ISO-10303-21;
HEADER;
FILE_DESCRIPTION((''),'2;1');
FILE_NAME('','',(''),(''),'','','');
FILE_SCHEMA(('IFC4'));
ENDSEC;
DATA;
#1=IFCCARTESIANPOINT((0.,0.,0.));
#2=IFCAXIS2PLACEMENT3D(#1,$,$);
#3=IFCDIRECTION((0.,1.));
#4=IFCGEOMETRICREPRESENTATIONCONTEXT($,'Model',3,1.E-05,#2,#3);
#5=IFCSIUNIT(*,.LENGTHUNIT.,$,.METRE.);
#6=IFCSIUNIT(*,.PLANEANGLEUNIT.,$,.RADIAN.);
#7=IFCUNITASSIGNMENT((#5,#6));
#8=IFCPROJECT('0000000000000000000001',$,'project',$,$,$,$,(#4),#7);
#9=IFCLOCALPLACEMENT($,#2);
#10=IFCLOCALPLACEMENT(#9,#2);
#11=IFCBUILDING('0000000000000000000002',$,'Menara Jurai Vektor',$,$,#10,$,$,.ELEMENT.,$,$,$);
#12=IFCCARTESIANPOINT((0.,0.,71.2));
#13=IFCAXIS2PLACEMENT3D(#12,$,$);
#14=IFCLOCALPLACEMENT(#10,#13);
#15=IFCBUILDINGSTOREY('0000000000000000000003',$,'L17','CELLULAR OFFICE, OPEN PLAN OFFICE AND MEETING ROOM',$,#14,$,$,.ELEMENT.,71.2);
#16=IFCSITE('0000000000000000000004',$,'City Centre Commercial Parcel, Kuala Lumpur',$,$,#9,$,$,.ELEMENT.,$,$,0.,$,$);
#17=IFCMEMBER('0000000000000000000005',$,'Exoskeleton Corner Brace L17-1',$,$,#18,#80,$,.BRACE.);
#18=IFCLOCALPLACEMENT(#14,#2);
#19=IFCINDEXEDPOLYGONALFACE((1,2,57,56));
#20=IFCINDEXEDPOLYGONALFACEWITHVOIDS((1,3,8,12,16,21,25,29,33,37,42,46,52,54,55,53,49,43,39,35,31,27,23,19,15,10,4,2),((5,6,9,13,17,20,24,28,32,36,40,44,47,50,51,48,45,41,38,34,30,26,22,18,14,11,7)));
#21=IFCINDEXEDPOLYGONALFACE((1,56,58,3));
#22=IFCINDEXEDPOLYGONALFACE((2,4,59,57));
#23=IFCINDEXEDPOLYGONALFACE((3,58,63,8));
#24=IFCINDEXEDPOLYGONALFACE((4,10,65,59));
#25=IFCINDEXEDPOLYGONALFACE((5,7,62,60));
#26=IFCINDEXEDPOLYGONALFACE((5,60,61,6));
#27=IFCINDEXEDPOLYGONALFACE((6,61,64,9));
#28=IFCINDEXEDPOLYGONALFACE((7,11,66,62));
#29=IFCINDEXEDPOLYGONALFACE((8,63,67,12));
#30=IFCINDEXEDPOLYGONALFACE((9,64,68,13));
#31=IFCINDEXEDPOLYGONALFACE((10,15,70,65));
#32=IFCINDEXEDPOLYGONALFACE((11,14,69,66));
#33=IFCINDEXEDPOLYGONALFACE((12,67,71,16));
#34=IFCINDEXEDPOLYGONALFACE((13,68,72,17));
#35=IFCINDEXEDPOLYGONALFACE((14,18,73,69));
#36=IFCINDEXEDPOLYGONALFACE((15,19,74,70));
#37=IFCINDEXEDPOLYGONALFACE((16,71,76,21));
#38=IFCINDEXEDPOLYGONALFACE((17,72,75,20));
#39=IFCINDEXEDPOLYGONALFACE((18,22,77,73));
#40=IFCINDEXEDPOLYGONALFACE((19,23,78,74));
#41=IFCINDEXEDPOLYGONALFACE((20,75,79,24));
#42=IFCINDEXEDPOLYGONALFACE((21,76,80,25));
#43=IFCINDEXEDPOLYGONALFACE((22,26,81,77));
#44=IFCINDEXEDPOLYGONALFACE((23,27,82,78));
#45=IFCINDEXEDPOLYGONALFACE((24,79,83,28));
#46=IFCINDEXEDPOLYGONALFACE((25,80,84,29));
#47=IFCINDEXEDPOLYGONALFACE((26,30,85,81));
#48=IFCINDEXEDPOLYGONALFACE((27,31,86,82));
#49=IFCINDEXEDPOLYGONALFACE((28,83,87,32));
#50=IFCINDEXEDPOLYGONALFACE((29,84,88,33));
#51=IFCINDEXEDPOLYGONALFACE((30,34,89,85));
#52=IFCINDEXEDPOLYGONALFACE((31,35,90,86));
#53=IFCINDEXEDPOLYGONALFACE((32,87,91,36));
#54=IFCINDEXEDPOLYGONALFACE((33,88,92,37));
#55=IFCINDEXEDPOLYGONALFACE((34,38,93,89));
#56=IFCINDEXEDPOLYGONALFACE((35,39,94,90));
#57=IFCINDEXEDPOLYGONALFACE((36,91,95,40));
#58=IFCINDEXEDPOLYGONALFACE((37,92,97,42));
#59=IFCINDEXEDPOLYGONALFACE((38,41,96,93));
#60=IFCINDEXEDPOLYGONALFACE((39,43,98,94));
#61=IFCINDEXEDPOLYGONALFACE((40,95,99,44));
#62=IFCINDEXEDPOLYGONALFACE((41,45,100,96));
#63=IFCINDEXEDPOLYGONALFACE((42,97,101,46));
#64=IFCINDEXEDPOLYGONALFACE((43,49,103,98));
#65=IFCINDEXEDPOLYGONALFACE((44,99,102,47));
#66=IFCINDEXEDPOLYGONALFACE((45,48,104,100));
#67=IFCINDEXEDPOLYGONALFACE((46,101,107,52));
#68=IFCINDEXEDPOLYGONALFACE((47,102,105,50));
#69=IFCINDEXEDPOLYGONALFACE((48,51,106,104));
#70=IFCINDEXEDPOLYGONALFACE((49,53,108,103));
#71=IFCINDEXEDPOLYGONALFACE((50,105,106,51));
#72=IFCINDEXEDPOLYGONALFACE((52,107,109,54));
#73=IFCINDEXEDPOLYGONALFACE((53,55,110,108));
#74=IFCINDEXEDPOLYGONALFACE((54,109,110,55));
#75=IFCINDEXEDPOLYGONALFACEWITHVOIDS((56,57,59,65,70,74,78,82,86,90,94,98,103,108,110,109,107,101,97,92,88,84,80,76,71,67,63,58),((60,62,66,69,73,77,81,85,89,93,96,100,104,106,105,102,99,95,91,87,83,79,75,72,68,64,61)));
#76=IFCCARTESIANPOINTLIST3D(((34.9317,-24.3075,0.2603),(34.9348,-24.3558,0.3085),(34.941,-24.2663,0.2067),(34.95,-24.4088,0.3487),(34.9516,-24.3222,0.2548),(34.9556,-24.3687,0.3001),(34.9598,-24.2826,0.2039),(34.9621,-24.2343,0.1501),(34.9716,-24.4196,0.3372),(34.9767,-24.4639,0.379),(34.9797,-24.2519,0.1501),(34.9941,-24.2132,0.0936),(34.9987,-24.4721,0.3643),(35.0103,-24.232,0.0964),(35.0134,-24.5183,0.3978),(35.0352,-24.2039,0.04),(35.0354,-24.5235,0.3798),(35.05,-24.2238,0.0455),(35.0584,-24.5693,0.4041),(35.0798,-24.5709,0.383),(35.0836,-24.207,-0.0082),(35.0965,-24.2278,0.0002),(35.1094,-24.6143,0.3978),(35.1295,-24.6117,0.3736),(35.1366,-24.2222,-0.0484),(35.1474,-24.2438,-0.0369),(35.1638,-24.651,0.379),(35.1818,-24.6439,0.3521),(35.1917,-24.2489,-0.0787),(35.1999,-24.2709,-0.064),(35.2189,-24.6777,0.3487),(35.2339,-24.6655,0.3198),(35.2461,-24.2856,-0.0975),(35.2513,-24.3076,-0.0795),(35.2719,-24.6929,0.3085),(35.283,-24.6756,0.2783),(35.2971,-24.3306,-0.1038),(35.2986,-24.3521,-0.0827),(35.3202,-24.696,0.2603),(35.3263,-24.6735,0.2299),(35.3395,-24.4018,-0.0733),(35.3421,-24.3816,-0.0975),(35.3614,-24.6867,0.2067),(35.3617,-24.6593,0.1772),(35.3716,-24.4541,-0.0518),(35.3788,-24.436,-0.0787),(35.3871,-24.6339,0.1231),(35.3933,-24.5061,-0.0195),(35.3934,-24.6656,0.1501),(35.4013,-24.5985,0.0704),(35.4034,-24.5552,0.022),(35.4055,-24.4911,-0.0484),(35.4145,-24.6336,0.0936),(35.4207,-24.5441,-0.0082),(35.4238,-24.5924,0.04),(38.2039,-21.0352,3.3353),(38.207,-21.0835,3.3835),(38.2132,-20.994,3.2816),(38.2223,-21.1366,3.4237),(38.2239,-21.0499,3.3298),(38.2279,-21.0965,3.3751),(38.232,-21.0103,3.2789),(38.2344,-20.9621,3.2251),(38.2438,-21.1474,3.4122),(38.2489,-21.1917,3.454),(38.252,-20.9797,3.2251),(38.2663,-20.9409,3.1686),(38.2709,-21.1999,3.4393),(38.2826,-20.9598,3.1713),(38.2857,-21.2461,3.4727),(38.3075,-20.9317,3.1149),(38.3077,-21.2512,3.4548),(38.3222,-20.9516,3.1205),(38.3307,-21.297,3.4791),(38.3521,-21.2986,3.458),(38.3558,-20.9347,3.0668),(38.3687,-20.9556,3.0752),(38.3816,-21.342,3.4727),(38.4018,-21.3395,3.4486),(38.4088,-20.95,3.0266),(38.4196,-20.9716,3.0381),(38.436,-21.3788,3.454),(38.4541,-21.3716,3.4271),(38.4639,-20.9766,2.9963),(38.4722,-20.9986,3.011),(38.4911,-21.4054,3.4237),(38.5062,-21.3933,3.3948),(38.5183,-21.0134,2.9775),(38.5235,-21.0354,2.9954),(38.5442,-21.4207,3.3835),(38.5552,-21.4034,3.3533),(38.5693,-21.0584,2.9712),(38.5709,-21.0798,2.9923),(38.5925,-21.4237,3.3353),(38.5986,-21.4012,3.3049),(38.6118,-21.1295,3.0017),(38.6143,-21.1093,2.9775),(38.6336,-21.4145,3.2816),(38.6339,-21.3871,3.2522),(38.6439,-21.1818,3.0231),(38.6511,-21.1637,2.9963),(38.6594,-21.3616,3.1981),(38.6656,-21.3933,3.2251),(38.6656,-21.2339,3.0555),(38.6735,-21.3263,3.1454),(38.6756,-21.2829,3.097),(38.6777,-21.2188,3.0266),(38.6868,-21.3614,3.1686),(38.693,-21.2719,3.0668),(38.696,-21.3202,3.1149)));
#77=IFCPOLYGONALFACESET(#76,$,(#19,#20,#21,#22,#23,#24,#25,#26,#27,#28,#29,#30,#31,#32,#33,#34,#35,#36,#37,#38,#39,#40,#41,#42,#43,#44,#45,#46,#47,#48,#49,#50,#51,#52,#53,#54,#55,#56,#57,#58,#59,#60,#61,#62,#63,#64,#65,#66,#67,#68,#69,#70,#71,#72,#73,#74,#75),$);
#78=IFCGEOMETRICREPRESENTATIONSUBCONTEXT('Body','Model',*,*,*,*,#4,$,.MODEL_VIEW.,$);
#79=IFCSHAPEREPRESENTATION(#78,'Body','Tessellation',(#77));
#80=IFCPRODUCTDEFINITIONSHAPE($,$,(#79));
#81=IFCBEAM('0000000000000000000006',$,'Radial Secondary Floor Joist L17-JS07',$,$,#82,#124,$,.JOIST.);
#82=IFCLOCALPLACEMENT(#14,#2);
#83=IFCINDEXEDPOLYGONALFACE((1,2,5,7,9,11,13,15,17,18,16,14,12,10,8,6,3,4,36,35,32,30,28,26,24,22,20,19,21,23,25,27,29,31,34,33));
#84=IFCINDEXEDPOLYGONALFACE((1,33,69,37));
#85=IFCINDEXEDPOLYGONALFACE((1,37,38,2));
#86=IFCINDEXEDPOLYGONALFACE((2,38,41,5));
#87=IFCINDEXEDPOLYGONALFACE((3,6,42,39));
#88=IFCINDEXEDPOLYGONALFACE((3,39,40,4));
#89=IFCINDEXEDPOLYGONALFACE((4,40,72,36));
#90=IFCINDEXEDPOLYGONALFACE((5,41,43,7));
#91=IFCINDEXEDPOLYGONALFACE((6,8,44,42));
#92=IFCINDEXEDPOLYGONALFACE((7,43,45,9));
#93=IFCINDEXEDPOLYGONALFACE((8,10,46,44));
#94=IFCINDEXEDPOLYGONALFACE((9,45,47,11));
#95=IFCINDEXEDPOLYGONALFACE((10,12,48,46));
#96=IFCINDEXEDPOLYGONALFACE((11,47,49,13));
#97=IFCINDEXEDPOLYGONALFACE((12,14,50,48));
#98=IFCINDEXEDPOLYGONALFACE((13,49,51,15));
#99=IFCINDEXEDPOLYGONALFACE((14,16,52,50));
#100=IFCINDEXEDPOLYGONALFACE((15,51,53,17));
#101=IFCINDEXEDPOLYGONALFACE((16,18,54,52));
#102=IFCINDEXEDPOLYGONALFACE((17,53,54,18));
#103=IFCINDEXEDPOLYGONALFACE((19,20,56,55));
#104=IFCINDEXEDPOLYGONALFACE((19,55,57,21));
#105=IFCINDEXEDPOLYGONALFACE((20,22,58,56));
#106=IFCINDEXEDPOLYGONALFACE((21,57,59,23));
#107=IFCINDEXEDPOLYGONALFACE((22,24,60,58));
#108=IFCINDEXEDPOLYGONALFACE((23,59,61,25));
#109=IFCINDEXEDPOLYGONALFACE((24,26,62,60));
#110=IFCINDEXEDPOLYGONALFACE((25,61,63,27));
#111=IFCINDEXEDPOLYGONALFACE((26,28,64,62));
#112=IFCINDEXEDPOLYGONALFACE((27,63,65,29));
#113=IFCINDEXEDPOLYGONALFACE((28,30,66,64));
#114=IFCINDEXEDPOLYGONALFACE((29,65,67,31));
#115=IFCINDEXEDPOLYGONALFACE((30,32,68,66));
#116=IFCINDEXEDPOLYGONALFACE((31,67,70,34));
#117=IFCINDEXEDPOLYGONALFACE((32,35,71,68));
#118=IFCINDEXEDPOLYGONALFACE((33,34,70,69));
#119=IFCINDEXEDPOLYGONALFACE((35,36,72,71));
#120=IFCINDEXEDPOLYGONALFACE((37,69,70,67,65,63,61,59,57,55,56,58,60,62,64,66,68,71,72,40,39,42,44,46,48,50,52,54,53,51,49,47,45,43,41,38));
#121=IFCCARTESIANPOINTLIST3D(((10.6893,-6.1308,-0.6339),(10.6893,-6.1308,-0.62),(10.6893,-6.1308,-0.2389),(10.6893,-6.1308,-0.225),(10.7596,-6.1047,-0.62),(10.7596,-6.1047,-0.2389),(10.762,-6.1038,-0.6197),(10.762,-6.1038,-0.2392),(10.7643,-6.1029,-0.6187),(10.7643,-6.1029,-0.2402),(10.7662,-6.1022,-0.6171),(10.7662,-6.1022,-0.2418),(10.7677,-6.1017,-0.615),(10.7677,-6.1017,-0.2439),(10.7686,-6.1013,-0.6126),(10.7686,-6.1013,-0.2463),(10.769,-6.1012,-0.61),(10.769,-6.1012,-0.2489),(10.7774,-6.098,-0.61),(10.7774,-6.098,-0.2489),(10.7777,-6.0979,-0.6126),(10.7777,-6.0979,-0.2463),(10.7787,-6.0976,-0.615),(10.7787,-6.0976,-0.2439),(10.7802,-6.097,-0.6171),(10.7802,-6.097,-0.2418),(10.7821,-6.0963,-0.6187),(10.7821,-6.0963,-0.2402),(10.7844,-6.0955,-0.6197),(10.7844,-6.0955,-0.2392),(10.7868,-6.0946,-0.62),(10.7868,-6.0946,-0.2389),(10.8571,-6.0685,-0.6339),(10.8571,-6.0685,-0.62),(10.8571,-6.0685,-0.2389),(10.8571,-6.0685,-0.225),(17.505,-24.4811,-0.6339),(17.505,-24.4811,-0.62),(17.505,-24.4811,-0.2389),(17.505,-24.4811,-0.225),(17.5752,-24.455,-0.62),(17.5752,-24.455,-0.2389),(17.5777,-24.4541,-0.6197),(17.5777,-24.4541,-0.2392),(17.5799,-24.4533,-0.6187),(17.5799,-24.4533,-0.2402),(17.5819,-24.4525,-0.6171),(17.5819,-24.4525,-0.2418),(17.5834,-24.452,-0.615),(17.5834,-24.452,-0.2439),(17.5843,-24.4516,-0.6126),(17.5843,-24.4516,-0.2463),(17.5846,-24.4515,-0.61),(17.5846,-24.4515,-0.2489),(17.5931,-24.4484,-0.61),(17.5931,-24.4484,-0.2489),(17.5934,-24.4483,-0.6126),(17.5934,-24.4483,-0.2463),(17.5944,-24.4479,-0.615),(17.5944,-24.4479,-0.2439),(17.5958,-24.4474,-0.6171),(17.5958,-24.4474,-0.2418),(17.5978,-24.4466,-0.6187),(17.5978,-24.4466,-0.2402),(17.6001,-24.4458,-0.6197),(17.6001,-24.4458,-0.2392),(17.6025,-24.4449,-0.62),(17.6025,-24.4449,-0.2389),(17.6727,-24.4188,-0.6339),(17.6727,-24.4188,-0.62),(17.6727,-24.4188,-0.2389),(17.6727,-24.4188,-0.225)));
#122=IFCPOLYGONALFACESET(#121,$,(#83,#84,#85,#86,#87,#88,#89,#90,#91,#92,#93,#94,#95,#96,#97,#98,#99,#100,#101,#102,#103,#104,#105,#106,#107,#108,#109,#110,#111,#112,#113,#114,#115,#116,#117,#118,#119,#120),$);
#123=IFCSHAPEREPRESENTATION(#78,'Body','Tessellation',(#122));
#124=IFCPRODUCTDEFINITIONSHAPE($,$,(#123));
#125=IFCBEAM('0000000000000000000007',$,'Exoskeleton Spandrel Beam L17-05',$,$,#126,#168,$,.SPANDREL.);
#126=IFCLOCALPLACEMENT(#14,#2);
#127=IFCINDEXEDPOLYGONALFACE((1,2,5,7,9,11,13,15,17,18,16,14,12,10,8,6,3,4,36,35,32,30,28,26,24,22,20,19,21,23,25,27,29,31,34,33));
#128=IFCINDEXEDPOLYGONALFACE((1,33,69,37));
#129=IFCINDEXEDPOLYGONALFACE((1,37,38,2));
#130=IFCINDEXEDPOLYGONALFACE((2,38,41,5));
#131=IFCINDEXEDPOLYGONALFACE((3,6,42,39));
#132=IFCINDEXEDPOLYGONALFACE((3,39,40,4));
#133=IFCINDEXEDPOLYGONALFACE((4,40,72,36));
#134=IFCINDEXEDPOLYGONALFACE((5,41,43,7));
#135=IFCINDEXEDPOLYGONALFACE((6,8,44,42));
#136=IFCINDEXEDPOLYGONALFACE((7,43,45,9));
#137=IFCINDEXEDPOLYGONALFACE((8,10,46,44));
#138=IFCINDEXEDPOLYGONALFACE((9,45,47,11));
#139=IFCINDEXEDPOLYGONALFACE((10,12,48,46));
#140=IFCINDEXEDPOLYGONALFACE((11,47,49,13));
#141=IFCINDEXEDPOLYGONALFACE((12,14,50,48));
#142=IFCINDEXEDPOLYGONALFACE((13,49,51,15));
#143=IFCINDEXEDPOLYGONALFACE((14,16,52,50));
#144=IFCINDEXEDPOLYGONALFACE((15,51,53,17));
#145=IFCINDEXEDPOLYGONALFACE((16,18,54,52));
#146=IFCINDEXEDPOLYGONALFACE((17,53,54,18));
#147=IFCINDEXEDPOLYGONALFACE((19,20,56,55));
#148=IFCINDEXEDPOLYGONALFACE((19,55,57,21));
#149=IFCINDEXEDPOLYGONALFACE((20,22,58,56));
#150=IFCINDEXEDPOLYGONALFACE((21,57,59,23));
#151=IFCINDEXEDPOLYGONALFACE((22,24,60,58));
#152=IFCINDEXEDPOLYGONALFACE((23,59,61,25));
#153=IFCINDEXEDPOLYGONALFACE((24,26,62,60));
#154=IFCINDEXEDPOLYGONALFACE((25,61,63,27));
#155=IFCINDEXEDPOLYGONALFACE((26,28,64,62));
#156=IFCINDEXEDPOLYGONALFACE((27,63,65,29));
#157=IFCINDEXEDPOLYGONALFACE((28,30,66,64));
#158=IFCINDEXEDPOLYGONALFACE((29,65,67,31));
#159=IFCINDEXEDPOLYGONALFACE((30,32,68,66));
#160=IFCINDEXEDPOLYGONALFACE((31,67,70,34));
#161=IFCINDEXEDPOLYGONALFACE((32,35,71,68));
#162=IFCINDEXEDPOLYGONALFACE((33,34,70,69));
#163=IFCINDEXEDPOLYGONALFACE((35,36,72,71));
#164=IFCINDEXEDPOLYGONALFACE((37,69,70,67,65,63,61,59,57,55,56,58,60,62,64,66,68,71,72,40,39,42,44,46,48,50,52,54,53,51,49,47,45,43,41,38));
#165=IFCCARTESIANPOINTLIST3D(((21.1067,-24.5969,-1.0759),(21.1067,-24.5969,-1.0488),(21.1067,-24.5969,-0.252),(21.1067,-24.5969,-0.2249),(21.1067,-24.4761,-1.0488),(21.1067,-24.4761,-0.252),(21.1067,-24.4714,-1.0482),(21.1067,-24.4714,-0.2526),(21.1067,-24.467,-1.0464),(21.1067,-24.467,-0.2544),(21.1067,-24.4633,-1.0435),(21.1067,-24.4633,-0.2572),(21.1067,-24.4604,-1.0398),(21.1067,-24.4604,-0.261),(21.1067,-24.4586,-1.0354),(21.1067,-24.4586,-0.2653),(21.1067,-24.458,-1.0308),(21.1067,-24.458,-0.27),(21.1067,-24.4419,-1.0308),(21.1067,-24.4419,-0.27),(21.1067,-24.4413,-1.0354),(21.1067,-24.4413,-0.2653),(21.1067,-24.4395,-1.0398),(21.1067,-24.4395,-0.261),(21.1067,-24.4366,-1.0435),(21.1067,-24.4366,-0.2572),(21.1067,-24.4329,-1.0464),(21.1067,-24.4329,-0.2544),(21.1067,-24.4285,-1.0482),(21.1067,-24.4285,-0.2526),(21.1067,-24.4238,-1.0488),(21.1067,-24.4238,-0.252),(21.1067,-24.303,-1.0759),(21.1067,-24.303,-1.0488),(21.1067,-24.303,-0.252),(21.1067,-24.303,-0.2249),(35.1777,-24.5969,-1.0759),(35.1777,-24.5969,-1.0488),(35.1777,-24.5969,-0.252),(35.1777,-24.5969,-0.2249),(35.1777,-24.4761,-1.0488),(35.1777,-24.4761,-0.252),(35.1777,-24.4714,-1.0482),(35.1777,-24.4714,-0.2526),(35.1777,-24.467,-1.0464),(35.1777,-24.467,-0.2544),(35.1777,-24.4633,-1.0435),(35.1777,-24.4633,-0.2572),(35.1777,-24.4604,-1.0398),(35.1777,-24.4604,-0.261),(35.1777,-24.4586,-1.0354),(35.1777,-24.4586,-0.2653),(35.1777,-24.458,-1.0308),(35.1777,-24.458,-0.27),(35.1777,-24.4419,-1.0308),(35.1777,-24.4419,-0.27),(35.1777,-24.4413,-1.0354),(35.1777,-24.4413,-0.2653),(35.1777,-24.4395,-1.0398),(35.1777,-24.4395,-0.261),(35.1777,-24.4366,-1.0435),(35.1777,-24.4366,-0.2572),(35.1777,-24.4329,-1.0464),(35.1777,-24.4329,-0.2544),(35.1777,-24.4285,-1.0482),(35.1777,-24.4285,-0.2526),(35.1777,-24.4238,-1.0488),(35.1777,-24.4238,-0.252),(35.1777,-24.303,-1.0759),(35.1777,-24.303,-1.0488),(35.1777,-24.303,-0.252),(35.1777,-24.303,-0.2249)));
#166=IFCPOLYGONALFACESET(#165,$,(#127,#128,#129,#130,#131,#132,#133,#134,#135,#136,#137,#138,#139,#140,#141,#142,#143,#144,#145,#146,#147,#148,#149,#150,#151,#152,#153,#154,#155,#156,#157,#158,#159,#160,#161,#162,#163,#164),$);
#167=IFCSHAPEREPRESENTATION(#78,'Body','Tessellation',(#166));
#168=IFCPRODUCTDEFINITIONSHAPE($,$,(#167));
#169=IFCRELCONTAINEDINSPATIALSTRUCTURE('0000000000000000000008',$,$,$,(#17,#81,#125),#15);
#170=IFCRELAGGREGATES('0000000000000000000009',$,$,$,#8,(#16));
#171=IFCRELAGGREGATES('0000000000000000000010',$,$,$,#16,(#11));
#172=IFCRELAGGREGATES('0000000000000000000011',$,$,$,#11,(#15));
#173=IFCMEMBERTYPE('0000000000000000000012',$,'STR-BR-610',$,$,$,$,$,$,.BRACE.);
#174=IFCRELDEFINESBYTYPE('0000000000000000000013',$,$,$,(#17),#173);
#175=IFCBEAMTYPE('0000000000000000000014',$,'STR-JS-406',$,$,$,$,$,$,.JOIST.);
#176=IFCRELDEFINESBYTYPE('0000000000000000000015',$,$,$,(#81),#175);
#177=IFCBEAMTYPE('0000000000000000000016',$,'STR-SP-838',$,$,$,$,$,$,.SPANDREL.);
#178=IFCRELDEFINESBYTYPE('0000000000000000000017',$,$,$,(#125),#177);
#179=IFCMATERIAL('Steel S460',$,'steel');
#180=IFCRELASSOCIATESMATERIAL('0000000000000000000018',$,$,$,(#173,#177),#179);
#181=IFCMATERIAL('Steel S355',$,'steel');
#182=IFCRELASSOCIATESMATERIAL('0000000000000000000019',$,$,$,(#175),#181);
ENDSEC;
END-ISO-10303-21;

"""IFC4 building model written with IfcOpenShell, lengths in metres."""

from ifc_helpers import new_model, si_unit, direction, frame, origin, origin_2d, place, context, subcontext, project, spatial, hollow_circle, i_section, extrude, material, material_profile, profile_set, type_object, element, save


model = new_model("IFC4")

# Units and contexts
model_context = context("Model", 3, precision=1e-05, world=origin(), true_north=direction((0.0, 1.0)))
body_context = subcontext(model_context, "Body", "Model", "MODEL_VIEW")
ifc_project = project(units=[si_unit("LENGTHUNIT", "METRE"), si_unit("PLANEANGLEUNIT", "RADIAN")], contexts=[model_context])

# Site, building, storey
site_placement = place(None, origin())
site = spatial("IfcSite", under=ifc_project, at=site_placement, Name="City Centre Commercial Parcel, Kuala Lumpur", CompositionType="ELEMENT", RefElevation=0.0)
building_placement = place(site_placement, origin())
building = spatial("IfcBuilding", under=site, at=building_placement, Name="Menara Jurai Vektor", CompositionType="ELEMENT")
storey_placement = place(building_placement, frame((0.0, 0.0, 71.2)))
storey = spatial("IfcBuildingStorey", under=building, at=storey_placement, Name="L17", Description="CELLULAR OFFICE, OPEN PLAN OFFICE AND MEETING ROOM", CompositionType="ELEMENT", Elevation=71.2)

# Shared definitions
ifc_material_1 = material(Name="Steel S460", Category="steel")

# Shared definitions
ifc_material_2 = material(Name="Steel S355", Category="steel")

# Member
ifc_material_profile_1 = material_profile(ifc_material_1, hollow_circle(Radius=0.3049, WallThickness=0.0249, at=origin_2d()), Name="CHS 610x25")
ifc_profile_set_1 = profile_set([ifc_material_profile_1], Name="Steel S460")
member_type_1 = type_object("IfcMemberType", Name="STR-BR-610", PredefinedType="BRACE", material=ifc_profile_set_1)
member_1_placement = place(storey_placement, frame((35.1777, -24.45, 0.1501), z_axis=(0.588942, 0.588942, 0.553438), x_axis=(-0.707107, 0.707107, 0.0)))
element("IfcMember", 1, at=member_1_placement, inside=storey, type_object=member_type_1, Name="Exoskeleton Corner Brace L17-1", PredefinedType="BRACE", context=body_context, shape_type="SweptSolid", body=[
    extrude(hollow_circle(Radius=0.3049, WallThickness=0.0249, at=origin_2d()), origin(), (0.0, 0.0, 1.0), 5.5562),
])

# Beams
ifc_material_profile_2 = material_profile(ifc_material_2, i_section(OverallWidth=0.179, OverallDepth=0.4089, WebThickness=0.009, FlangeThickness=0.0139, FilletRadius=0.01, at=origin_2d()), Name="UKB 406x178x67")
ifc_profile_set_2 = profile_set([ifc_material_profile_2], Name="Steel S355")
beam_type_1 = type_object("IfcBeamType", Name="STR-JS-406", PredefinedType="JOIST", material=ifc_profile_set_2)
beam_1_placement = place(storey_placement, frame((17.5889, -24.45, -0.4294), z_axis=(-0.348179, 0.937428, 0.0), x_axis=(-0.937428, -0.348179, 0.0)))
element("IfcBeam", 2, at=beam_1_placement, inside=storey, type_object=beam_type_1, Name="Radial Secondary Floor Joist L17-JS07", PredefinedType="JOIST", context=body_context, shape_type="SweptSolid", body=[
    extrude(i_section(OverallWidth=0.179, OverallDepth=0.4089, WebThickness=0.009, FlangeThickness=0.0139, FilletRadius=0.01, at=origin_2d()), origin(), (0.0, 0.0, 1.0), 19.5752),
])
ifc_material_profile_3 = material_profile(ifc_material_1, i_section(OverallWidth=0.2939, OverallDepth=0.8511, WebThickness=0.0161, FlangeThickness=0.0271, FilletRadius=0.0181, at=origin_2d()), Name="UKB 838x292x226")
ifc_profile_set_3 = profile_set([ifc_material_profile_3], Name="Steel S460")
beam_type_2 = type_object("IfcBeamType", Name="STR-SP-838", PredefinedType="SPANDREL", material=ifc_profile_set_3)
beam_2_placement = place(storey_placement, frame((21.1067, -24.45, -0.6504), z_axis=(1.0, 0.0, 0.0), x_axis=(0.0, 1.0, 0.0)))
element("IfcBeam", 3, at=beam_2_placement, inside=storey, type_object=beam_type_2, Name="Exoskeleton Spandrel Beam L17-05", PredefinedType="SPANDREL", context=body_context, shape_type="SweptSolid", body=[
    extrude(i_section(OverallWidth=0.2939, OverallDepth=0.8511, WebThickness=0.0161, FlangeThickness=0.0271, FilletRadius=0.0181, at=origin_2d()), origin(), (0.0, 0.0, 1.0), 14.071),
])

save(model, "model.ifc")
